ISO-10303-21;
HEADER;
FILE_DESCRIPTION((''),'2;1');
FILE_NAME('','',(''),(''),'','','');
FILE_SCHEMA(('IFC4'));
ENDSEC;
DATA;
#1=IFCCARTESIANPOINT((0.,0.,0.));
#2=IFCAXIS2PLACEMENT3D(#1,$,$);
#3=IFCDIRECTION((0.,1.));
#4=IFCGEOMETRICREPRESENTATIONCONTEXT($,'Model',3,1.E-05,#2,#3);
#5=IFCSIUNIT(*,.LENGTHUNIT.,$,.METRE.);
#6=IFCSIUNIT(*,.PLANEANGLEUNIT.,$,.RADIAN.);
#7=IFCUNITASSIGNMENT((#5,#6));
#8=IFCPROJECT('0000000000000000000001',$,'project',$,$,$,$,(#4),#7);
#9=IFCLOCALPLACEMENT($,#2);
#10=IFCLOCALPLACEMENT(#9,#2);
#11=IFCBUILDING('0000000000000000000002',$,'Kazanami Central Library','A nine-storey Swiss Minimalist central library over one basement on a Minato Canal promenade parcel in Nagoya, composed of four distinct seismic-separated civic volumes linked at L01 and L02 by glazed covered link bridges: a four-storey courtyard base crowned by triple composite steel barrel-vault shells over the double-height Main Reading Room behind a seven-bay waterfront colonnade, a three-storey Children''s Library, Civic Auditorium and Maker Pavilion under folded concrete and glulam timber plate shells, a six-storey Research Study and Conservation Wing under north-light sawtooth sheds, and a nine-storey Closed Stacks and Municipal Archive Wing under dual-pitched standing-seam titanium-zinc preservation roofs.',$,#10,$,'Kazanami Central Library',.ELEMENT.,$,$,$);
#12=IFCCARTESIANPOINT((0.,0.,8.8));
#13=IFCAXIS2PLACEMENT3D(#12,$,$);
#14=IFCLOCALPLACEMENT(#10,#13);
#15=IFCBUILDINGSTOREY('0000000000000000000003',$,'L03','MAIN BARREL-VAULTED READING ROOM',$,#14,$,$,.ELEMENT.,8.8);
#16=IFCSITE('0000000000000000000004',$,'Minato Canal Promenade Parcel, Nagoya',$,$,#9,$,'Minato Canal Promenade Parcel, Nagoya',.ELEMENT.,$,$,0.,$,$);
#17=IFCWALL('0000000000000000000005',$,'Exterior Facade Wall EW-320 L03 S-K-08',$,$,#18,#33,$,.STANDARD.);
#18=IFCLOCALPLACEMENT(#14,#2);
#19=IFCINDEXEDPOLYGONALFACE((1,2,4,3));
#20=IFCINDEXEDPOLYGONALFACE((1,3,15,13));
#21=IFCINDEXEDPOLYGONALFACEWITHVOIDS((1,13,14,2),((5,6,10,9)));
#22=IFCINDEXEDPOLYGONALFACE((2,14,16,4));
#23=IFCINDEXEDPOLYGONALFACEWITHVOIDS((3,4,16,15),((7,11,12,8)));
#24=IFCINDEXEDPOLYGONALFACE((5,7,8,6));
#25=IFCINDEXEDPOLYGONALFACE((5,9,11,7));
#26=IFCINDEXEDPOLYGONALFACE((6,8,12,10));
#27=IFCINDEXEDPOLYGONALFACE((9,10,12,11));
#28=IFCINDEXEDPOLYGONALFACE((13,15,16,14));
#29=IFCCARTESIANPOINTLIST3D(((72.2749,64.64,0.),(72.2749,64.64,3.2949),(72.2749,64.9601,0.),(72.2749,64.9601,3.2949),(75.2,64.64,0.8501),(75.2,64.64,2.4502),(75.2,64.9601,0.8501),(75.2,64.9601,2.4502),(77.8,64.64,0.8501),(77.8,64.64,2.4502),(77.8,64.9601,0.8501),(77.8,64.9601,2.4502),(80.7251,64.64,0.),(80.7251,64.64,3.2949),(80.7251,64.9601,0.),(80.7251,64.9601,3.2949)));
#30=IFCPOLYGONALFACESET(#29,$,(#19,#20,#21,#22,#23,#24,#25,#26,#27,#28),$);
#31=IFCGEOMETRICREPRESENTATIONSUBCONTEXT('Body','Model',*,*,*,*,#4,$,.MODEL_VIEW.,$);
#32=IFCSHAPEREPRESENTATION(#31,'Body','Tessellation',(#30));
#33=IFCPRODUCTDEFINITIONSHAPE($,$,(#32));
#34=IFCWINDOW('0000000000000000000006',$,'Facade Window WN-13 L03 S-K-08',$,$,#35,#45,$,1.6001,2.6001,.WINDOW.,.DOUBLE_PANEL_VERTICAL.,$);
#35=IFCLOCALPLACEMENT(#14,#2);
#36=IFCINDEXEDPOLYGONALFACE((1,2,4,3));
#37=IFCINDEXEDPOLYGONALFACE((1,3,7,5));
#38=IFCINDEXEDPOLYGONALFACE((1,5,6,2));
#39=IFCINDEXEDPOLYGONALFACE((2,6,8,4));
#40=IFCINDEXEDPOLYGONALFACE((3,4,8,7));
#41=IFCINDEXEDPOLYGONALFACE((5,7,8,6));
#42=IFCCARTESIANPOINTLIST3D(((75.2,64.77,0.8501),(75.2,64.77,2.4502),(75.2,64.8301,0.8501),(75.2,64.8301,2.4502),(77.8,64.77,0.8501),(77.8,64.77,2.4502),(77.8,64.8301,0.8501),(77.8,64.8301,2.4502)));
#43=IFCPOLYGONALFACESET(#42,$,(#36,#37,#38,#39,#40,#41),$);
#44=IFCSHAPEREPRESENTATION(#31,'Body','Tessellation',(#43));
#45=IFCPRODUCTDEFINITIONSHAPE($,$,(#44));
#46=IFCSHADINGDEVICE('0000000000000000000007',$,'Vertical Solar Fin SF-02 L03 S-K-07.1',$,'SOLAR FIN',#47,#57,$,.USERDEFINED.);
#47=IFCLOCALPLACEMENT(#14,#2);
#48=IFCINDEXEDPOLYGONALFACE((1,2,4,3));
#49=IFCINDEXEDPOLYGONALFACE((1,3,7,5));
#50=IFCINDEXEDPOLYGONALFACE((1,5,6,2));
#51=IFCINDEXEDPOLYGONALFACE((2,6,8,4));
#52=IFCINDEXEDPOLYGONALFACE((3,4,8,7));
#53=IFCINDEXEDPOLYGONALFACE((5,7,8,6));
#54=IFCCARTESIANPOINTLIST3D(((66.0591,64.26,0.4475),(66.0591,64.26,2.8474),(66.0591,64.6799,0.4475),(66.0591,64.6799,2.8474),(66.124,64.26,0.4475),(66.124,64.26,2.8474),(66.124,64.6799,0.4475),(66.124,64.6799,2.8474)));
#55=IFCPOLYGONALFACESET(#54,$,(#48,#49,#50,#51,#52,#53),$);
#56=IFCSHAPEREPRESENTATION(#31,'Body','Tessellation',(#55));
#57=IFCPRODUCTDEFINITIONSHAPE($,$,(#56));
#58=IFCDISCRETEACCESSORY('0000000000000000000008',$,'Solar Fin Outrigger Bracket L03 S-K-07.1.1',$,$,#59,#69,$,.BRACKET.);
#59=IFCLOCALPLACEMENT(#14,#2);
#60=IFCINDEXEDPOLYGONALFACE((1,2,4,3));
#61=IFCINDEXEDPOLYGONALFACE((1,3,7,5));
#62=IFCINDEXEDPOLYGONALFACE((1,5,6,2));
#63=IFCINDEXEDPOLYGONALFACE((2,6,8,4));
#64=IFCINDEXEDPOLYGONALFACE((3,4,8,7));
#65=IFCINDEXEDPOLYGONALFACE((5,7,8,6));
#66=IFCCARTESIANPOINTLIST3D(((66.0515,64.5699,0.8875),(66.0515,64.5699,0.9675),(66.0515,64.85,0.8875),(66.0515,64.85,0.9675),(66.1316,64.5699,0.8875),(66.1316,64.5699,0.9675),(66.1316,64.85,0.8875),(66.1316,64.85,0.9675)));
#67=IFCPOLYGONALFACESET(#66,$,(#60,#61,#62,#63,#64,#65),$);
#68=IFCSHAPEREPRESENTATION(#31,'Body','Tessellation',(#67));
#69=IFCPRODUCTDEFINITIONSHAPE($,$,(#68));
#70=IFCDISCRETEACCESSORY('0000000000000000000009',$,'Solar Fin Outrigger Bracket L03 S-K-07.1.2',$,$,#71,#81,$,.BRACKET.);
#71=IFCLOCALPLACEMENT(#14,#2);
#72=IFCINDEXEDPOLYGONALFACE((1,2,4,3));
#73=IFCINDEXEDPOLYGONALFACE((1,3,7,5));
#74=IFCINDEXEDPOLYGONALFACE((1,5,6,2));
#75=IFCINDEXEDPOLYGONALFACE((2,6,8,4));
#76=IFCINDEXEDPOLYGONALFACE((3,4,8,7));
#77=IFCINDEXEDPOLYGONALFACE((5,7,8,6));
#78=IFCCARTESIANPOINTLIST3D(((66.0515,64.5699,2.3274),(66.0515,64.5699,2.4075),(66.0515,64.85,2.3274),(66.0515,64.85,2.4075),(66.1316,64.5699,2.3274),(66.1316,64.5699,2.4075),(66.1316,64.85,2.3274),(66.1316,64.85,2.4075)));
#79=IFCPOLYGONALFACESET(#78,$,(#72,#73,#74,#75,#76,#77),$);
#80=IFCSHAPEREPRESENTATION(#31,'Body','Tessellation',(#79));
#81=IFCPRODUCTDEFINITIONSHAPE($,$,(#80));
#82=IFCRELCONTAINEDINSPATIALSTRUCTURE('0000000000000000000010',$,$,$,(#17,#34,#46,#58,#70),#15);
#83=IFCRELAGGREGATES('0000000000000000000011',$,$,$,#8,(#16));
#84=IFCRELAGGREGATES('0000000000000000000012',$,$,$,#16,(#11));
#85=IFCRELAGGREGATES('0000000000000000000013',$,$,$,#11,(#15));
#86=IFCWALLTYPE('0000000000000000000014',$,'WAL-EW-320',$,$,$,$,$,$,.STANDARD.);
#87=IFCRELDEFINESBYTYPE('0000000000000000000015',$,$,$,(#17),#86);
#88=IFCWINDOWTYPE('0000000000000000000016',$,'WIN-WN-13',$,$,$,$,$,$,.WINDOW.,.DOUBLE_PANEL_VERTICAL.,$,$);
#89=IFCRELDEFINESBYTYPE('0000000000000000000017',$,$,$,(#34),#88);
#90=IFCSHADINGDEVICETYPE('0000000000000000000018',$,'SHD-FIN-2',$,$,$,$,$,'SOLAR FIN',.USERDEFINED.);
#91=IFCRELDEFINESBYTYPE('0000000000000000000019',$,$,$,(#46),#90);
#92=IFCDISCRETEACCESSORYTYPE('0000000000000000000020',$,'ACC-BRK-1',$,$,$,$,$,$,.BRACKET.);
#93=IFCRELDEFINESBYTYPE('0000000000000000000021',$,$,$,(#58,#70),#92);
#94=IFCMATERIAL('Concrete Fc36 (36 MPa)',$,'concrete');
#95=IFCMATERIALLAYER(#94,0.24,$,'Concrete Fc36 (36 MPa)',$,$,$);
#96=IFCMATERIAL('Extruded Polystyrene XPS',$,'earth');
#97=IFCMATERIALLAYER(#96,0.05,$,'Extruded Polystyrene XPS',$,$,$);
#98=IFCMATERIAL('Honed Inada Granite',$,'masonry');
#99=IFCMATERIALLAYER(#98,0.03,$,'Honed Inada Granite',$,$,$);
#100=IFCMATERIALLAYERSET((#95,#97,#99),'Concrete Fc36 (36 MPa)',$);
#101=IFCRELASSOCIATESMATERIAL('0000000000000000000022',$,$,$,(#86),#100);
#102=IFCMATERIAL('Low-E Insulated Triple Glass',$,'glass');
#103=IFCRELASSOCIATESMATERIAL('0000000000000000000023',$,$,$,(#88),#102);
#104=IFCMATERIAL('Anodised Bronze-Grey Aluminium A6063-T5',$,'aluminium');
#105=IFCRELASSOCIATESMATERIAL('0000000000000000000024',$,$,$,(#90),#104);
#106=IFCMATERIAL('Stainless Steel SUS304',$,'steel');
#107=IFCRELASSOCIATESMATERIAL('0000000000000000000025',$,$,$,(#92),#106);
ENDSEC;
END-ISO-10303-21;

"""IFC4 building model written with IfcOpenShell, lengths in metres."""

from ifc_helpers import new_model, si_unit, direction, frame, frame_2d, origin, origin_2d, place, context, subcontext, project, spatial, rectangle, extrude, material, layer, layer_set, type_object, element, fill, save


model = new_model("IFC4")

# Units and contexts
model_context = context("Model", 3, precision=1e-05, world=origin(), true_north=direction((0.0, 1.0)))
body_context = subcontext(model_context, "Body", "Model", "MODEL_VIEW")
ifc_project = project(units=[si_unit("LENGTHUNIT", "METRE"), si_unit("PLANEANGLEUNIT", "RADIAN")], contexts=[model_context])

# Site, building, storey
site_placement = place(None, origin())
site = spatial("IfcSite", under=ifc_project, at=site_placement, Name="Minato Canal Promenade Parcel, Nagoya", LongName="Minato Canal Promenade Parcel, Nagoya", CompositionType="ELEMENT", RefElevation=0.0)
building_placement = place(site_placement, origin())
building = spatial("IfcBuilding", under=site, at=building_placement, Name="Kazanami Central Library", Description="A nine-storey Swiss Minimalist central library over one basement on a Minato Canal promenade parcel in Nagoya, composed of four distinct seismic-separated civic volumes linked at L01 and L02 by glazed covered link bridges: a four-storey courtyard base crowned by triple composite steel barrel-vault shells over the double-height Main Reading Room behind a seven-bay waterfront colonnade, a three-storey Children's Library, Civic Auditorium and Maker Pavilion under folded concrete and glulam timber plate shells, a six-storey Research Study and Conservation Wing under north-light sawtooth sheds, and a nine-storey Closed Stacks and Municipal Archive Wing under dual-pitched standing-seam titanium-zinc preservation roofs.", LongName="Kazanami Central Library", CompositionType="ELEMENT")
storey_placement = place(building_placement, frame((0.0, 0.0, 8.8)))
storey = spatial("IfcBuildingStorey", under=building, at=storey_placement, Name="L03", Description="MAIN BARREL-VAULTED READING ROOM", CompositionType="ELEMENT", Elevation=8.8)

# Wall, opening, window
ifc_material_1 = material(Name="Concrete Fc36 (36 MPa)", Category="concrete")
ifc_layer_1 = layer(ifc_material_1, 0.24, Name="Concrete Fc36 (36 MPa)")
ifc_material_2 = material(Name="Extruded Polystyrene XPS", Category="earth")
ifc_layer_2 = layer(ifc_material_2, 0.05, Name="Extruded Polystyrene XPS")
ifc_material_3 = material(Name="Honed Inada Granite", Category="masonry")
ifc_layer_3 = layer(ifc_material_3, 0.03, Name="Honed Inada Granite")
ifc_layer_set_1 = layer_set([ifc_layer_1, ifc_layer_2, ifc_layer_3], Name="Concrete Fc36 (36 MPa)")
wall_type = type_object("IfcWallType", Name="WAL-EW-320", PredefinedType="STANDARD", material=ifc_layer_set_1)
wall_placement = place(storey_placement, frame((72.2749, 64.8, 0.0), z_axis=(0.0, 0.0, 1.0), x_axis=(1.0, 0.0, 0.0)))
wall = element("IfcWall", 1, at=wall_placement, inside=storey, type_object=wall_type, Name="Exterior Facade Wall EW-320 L03 S-K-08", PredefinedType="STANDARD", context=body_context, shape_type="SweptSolid", body=[
    extrude(rectangle(XDim=8.4502, YDim=0.3201, at=frame_2d((4.2251, 0.0))), origin(), (0.0, 0.0, 1.0), 3.2949),
])
opening_placement = place(wall_placement, frame((2.925, 0.0, 0.8501)))
opening = element("IfcOpeningElement", 2, at=opening_placement, cuts=wall, PredefinedType="OPENING", context=body_context, shape_type="SweptSolid", body=[
    extrude(rectangle(XDim=2.6001, YDim=1.6001, at=frame_2d((1.3, 0.8))), frame((0.0, 0.1719, 0.0), z_axis=(0.0, -1.0, 0.0), x_axis=(1.0, 0.0, 0.0)), (0.0, 0.0, 1.0), 0.344),
])
ifc_material_4 = material(Name="Low-E Insulated Triple Glass", Category="glass")
window_type = type_object("IfcWindowType", Name="WIN-WN-13", PartitioningType="DOUBLE_PANEL_VERTICAL", PredefinedType="WINDOW", material=ifc_material_4)
window_placement = place(opening_placement, origin())
window = element("IfcWindow", 3, at=window_placement, inside=storey, type_object=window_type, Name="Facade Window WN-13 L03 S-K-08", OverallHeight=1.6001, OverallWidth=2.6001, PartitioningType="DOUBLE_PANEL_VERTICAL", PredefinedType="WINDOW", context=body_context, shape_type="SweptSolid", body=[
    extrude(rectangle(XDim=2.6001, YDim=1.6001, at=frame_2d((1.3, 0.8))), frame((0.0, 0.03, 0.0), z_axis=(0.0, -1.0, 0.0), x_axis=(1.0, 0.0, 0.0)), (0.0, 0.0, 1.0), 0.0601),
])
fill(opening, window)

# Shading device
ifc_material_5 = material(Name="Anodised Bronze-Grey Aluminium A6063-T5", Category="aluminium")
shading_device_type = type_object("IfcShadingDeviceType", Name="SHD-FIN-2", ElementType="SOLAR FIN", PredefinedType="USERDEFINED", material=ifc_material_5)
shading_device_placement = place(storey_placement, frame((66.0916, 64.47, 0.4475), z_axis=(0.0, 0.0, 1.0), x_axis=(1.0, 0.0, 0.0)))
element("IfcShadingDevice", 4, at=shading_device_placement, inside=storey, type_object=shading_device_type, Name="Vertical Solar Fin SF-02 L03 S-K-07.1", ObjectType="SOLAR FIN", PredefinedType="USERDEFINED", context=body_context, shape_type="SweptSolid", body=[
    extrude(rectangle(XDim=0.0649, YDim=0.4199, at=origin_2d()), origin(), (0.0, 0.0, 1.0), 2.3999),
])

# Discrete accessories
ifc_material_6 = material(Name="Stainless Steel SUS304", Category="steel")
discrete_accessory_type = type_object("IfcDiscreteAccessoryType", Name="ACC-BRK-1", PredefinedType="BRACKET", material=ifc_material_6)
for number, where, z_axis, x_axis, name in (
    (5, (66.0916, 64.71, 0.8875), (0.0, 0.0, 1.0), (1.0, 0.0, 0.0), "Solar Fin Outrigger Bracket L03 S-K-07.1.1"),
    (6, (66.0916, 64.71, 2.3274), (0.0, 0.0, 1.0), (1.0, 0.0, 0.0), "Solar Fin Outrigger Bracket L03 S-K-07.1.2"),
):
    element("IfcDiscreteAccessory", number, at=place(storey_placement, frame(where, z_axis=z_axis, x_axis=x_axis)), inside=storey, type_object=discrete_accessory_type, Name=name, PredefinedType="BRACKET", context=body_context, shape_type="SweptSolid", body=[
        extrude(rectangle(XDim=0.0801, YDim=0.28, at=origin_2d()), origin(), (0.0, 0.0, 1.0), 0.0801),
    ])

save(model, "model.ifc")
